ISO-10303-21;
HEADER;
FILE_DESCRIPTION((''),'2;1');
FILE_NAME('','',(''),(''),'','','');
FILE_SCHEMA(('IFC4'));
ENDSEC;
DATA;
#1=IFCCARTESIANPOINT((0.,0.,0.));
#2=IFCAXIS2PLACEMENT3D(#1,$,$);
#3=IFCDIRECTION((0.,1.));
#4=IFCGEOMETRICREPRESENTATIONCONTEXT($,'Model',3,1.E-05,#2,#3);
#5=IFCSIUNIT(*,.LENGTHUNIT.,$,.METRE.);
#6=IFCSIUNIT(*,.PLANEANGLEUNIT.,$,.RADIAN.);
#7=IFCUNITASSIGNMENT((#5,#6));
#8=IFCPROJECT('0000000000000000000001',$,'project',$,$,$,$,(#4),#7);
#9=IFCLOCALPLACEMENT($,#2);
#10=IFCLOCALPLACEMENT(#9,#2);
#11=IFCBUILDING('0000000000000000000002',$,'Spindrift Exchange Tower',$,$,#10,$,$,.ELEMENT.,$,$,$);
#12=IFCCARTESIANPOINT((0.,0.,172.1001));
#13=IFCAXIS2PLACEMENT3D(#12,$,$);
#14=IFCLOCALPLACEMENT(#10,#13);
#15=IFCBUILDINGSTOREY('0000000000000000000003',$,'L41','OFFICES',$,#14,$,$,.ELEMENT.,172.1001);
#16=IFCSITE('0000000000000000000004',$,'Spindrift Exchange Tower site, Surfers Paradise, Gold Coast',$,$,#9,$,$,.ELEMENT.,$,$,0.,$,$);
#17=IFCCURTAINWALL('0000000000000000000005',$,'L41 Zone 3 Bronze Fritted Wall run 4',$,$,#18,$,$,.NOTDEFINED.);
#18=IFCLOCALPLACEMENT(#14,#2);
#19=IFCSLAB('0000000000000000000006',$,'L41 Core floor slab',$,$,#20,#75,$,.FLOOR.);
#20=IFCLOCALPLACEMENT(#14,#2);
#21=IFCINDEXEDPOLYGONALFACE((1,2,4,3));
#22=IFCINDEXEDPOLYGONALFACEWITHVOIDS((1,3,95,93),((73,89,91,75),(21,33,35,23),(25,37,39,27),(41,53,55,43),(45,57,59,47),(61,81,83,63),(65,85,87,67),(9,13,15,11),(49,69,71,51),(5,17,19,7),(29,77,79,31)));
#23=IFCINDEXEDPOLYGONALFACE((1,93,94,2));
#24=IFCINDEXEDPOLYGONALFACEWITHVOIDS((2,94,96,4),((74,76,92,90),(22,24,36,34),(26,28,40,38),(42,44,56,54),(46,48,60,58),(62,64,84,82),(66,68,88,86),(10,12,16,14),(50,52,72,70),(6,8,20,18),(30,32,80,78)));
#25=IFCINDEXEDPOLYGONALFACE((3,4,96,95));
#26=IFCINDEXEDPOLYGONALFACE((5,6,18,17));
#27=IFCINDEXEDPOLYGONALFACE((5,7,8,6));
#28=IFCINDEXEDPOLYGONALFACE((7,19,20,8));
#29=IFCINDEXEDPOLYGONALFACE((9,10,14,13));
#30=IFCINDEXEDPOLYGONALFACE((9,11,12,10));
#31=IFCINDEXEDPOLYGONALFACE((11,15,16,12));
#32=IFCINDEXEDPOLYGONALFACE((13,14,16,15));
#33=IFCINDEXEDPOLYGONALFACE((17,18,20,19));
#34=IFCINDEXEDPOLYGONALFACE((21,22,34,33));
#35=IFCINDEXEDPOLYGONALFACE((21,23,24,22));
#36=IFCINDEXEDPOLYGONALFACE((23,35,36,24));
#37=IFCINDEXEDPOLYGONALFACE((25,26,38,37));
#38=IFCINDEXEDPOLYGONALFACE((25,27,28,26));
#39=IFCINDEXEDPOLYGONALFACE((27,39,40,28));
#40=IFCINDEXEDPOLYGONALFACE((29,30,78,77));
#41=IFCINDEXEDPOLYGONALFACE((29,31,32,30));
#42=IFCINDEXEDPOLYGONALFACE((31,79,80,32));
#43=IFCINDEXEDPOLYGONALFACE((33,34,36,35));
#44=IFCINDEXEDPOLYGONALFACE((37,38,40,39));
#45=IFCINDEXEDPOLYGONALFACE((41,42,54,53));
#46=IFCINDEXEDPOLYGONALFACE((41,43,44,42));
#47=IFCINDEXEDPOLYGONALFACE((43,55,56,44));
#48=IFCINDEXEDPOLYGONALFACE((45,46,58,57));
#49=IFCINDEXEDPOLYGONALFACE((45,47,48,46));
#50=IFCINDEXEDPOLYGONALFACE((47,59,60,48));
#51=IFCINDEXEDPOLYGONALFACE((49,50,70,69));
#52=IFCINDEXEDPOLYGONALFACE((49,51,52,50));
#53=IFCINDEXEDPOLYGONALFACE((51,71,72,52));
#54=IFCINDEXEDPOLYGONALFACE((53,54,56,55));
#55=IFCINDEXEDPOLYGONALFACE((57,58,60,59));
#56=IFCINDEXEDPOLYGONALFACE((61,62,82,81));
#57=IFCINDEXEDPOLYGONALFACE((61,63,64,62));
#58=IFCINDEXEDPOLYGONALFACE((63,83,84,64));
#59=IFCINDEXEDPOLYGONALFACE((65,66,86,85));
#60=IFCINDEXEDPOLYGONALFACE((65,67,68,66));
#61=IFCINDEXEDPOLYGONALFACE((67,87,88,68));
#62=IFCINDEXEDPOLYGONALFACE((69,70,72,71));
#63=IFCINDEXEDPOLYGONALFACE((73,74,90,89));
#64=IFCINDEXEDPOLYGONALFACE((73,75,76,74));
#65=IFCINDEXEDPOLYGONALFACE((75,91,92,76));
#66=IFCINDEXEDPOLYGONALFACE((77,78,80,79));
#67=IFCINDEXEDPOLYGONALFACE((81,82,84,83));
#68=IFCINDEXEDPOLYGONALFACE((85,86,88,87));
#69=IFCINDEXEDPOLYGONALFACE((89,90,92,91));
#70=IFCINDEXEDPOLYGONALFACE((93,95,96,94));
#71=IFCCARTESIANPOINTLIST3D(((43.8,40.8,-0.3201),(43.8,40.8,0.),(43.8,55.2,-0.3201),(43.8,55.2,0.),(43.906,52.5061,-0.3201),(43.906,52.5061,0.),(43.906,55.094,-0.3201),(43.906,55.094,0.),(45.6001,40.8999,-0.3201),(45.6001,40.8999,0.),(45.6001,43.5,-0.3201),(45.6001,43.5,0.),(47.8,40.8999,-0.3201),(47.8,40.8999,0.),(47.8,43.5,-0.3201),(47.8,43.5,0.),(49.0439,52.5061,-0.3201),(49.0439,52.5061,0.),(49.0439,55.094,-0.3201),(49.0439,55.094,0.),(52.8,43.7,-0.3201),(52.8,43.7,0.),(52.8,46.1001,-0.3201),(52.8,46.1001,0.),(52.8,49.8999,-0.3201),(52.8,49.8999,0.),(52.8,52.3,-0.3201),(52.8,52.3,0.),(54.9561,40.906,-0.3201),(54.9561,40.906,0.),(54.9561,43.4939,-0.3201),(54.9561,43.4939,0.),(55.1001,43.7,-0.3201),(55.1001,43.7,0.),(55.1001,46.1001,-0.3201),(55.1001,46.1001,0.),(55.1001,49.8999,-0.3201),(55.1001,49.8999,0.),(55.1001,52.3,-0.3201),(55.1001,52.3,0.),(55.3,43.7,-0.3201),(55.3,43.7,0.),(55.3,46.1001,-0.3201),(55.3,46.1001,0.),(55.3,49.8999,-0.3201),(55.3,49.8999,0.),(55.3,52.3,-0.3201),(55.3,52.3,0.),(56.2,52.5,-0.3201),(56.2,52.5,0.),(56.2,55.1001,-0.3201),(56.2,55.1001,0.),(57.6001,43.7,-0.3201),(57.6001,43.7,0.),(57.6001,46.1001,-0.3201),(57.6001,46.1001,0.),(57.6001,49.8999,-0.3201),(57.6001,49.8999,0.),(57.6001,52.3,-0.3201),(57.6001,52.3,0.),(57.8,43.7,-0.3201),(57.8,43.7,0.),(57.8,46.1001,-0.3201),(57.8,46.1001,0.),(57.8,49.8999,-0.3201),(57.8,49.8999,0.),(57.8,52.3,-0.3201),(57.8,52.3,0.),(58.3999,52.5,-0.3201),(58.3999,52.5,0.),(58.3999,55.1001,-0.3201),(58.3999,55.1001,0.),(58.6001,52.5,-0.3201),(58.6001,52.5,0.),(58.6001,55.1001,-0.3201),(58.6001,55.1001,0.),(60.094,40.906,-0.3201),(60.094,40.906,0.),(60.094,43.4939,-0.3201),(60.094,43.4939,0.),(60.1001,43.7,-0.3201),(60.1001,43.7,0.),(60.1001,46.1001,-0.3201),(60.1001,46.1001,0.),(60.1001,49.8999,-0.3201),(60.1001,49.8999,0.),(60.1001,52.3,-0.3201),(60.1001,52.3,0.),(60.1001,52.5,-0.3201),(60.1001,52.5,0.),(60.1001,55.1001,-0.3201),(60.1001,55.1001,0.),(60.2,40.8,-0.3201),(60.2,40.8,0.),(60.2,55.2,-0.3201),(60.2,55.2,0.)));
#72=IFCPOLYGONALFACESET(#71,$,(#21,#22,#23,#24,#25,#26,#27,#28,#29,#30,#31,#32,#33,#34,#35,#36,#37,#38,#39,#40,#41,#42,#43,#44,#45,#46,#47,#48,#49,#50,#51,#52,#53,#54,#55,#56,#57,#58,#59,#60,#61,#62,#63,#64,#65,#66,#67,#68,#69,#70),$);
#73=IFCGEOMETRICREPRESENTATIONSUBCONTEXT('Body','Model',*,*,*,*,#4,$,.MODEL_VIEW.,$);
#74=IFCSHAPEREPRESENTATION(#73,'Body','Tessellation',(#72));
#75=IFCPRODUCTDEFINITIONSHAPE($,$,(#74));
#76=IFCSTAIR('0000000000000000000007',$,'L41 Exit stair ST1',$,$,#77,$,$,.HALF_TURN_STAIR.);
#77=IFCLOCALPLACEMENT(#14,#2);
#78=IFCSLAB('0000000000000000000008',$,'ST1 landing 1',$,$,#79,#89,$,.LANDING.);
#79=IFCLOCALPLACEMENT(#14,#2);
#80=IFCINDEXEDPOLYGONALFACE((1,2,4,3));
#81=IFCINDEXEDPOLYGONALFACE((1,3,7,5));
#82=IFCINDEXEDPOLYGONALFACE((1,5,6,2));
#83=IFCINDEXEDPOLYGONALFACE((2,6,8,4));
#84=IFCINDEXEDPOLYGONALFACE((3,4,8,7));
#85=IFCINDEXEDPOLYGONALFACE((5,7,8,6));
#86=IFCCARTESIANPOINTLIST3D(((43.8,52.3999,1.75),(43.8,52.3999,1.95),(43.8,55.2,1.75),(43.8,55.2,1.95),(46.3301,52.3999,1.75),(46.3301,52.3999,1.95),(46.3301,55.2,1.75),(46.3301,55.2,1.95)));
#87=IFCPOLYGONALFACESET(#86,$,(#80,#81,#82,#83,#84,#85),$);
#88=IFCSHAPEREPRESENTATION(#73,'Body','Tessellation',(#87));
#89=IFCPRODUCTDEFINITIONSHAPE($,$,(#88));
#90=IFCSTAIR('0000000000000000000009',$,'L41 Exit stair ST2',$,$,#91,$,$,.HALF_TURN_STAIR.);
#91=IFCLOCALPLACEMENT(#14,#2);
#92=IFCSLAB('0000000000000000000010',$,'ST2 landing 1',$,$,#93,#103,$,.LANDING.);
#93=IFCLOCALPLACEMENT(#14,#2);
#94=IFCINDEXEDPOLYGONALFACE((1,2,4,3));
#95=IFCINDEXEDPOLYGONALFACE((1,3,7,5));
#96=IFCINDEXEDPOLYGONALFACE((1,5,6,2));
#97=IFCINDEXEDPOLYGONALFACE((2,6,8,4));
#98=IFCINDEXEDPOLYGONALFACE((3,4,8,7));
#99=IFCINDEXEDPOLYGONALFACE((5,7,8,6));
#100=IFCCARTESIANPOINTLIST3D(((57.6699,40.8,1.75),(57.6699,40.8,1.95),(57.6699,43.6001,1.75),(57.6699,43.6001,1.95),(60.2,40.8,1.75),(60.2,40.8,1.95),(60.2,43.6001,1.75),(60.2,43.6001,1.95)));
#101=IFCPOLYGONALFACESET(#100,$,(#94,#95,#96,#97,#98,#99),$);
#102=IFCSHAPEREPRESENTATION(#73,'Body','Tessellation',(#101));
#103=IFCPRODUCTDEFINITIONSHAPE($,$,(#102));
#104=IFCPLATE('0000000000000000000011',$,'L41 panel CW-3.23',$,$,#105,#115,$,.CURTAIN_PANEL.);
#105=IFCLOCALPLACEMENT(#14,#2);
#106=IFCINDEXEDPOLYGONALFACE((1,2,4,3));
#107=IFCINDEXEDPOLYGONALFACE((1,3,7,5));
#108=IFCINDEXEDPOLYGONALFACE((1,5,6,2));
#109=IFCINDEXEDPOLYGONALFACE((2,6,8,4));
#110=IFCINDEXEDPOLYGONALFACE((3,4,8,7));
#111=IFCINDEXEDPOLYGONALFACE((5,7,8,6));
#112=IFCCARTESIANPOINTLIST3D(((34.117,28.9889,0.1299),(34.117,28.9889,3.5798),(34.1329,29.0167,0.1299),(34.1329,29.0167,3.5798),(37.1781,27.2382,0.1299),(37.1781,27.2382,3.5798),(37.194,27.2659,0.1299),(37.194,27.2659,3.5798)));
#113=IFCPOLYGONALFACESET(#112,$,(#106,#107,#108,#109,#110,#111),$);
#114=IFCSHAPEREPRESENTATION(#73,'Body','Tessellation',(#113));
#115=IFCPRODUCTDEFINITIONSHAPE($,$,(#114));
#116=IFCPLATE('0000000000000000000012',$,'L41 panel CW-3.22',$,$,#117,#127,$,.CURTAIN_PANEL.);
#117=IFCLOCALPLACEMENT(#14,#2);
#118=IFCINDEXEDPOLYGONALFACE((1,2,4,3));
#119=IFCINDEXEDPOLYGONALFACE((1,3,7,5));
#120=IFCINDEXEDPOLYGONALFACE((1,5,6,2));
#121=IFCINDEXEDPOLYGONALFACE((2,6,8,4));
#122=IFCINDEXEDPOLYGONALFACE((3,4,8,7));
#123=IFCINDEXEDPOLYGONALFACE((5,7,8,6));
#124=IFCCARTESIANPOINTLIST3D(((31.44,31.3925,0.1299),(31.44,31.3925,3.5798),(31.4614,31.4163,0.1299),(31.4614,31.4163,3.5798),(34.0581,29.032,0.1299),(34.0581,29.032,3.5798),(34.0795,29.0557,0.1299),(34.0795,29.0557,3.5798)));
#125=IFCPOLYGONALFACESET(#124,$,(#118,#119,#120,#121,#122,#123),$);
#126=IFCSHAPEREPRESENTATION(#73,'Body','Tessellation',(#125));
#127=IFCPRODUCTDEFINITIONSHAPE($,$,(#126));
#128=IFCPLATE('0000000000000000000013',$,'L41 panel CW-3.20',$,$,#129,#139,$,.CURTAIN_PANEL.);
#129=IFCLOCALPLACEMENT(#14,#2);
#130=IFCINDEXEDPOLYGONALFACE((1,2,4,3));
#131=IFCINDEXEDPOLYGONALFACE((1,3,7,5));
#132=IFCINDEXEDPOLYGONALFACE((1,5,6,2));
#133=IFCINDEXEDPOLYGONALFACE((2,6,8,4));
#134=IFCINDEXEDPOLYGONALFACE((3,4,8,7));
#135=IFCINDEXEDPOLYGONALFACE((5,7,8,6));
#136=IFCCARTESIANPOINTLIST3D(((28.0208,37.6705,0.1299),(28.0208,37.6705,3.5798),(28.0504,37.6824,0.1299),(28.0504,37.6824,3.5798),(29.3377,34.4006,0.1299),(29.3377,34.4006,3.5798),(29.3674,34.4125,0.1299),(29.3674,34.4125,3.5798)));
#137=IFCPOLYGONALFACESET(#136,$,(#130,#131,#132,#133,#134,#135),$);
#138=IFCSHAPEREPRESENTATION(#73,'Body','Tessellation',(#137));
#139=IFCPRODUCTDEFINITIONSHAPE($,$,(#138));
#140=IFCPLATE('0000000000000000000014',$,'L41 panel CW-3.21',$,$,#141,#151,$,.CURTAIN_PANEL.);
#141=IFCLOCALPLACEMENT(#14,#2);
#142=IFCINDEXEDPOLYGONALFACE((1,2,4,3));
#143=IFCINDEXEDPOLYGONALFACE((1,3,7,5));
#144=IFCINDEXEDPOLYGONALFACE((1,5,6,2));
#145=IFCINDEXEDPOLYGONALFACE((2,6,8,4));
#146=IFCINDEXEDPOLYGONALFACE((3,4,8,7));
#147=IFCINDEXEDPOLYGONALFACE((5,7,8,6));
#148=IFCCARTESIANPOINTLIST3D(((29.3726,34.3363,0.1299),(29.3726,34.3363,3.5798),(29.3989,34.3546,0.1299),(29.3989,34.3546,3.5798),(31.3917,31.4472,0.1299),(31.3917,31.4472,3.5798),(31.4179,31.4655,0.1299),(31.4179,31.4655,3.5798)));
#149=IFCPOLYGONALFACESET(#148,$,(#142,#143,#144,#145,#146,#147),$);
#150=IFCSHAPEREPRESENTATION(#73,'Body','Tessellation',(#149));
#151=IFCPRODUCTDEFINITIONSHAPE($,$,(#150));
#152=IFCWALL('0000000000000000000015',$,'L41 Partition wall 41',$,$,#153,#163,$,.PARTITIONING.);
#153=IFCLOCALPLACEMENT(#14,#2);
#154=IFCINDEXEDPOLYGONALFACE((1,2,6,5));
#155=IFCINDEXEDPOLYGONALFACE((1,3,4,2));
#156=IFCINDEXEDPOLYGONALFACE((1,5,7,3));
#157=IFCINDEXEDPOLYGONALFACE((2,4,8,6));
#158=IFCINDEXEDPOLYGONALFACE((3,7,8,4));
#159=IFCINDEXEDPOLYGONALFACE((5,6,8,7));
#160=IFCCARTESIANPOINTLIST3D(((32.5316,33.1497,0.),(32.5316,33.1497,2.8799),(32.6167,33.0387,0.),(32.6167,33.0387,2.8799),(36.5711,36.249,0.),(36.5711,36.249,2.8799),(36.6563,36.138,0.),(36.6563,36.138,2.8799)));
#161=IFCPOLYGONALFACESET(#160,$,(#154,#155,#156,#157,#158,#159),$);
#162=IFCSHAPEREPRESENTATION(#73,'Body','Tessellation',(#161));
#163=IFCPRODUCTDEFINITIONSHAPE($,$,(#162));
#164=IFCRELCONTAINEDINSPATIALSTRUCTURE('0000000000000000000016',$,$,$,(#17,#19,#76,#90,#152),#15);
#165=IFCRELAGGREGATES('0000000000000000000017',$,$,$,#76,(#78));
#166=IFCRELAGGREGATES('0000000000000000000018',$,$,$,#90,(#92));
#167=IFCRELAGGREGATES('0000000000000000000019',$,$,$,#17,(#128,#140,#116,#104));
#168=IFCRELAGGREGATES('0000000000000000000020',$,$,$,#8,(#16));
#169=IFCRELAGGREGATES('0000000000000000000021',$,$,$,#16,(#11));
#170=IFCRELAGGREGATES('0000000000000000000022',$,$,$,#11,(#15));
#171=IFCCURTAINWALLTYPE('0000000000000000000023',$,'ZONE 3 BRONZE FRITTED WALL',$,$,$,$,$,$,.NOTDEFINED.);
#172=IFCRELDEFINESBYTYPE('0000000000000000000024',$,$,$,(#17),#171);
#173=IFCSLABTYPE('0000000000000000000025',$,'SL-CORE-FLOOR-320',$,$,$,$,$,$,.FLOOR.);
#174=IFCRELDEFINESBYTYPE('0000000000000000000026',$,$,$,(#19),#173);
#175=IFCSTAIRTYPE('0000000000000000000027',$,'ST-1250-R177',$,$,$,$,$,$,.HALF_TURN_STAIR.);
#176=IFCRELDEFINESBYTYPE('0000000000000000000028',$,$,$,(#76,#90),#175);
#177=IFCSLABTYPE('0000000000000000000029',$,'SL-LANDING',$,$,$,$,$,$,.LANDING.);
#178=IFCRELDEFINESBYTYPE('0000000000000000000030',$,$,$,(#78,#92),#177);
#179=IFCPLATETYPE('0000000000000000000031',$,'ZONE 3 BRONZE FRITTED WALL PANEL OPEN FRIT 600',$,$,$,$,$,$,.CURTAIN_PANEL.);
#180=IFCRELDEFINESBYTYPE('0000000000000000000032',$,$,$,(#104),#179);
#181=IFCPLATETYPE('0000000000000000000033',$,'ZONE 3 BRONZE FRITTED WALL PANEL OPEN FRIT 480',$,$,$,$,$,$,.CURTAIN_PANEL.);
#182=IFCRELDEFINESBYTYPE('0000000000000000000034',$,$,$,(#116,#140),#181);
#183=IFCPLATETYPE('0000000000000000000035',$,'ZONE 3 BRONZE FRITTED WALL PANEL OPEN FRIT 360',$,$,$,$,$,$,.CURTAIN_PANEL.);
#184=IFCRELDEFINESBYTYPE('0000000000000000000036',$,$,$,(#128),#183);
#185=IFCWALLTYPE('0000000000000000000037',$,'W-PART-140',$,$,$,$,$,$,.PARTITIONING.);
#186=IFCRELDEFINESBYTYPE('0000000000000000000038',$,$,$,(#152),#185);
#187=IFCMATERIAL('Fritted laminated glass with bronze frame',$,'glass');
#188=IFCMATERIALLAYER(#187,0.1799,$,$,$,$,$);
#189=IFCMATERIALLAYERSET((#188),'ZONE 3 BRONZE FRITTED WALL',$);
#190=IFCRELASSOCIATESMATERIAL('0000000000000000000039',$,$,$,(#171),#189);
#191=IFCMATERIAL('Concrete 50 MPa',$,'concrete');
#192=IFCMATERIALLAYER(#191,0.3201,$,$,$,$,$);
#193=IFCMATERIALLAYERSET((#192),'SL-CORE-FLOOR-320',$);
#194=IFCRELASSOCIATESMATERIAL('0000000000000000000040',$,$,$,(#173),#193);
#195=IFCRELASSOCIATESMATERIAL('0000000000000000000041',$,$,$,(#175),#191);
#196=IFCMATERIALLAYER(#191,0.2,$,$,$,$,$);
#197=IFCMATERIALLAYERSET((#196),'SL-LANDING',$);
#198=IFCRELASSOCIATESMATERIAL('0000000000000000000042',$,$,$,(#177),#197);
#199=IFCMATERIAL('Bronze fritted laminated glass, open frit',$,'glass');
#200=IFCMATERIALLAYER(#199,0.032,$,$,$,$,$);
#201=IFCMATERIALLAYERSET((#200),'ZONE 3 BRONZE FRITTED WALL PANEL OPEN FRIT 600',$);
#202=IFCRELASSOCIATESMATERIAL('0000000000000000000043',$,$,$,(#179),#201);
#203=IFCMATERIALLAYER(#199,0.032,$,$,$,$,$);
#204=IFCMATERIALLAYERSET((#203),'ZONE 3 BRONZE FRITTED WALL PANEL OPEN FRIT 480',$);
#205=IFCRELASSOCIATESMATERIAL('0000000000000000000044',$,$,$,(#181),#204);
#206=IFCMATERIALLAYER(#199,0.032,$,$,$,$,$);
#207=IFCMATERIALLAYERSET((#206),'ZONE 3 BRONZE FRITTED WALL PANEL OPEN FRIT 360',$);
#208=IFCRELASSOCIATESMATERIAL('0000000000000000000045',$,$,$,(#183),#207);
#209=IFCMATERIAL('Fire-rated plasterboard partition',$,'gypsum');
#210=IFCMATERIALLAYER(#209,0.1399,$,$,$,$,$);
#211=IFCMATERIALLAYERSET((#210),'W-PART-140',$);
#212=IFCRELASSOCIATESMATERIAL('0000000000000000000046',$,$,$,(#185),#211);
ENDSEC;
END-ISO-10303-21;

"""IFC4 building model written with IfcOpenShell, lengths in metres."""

from ifc_helpers import new_model, si_unit, direction, frame, frame_2d, origin, origin_2d, place, context, subcontext, project, spatial, line, indexed_curve, rectangle, outline, extrude, source, transform, mapped, material, layer, layer_set, type_object, element, aggregate, save


model = new_model("IFC4")

# Units and contexts
model_context = context("Model", 3, precision=1e-05, world=origin(), true_north=direction((0.0, 1.0)))
body_context = subcontext(model_context, "Body", "Model", "MODEL_VIEW")
ifc_project = project(units=[si_unit("LENGTHUNIT", "METRE"), si_unit("PLANEANGLEUNIT", "RADIAN")], contexts=[model_context])

# Site, building, storey
site_placement = place(None, origin())
site = spatial("IfcSite", under=ifc_project, at=site_placement, Name="Spindrift Exchange Tower site, Surfers Paradise, Gold Coast", CompositionType="ELEMENT", RefElevation=0.0)
building_placement = place(site_placement, origin())
building = spatial("IfcBuilding", under=site, at=building_placement, Name="Spindrift Exchange Tower", CompositionType="ELEMENT")
storey_placement = place(building_placement, frame((0.0, 0.0, 172.1001)))
storey = spatial("IfcBuildingStorey", under=building, at=storey_placement, Name="L41", Description="OFFICES", CompositionType="ELEMENT", Elevation=172.1001)

# Shared definitions
ifc_material_1 = material(Name="Concrete 50 MPa", Category="concrete")

# Curtain wall
ifc_material_2 = material(Name="Fritted laminated glass with bronze frame", Category="glass")
ifc_layer_1 = layer(ifc_material_2, 0.1799)
ifc_layer_set_1 = layer_set([ifc_layer_1], Name="ZONE 3 BRONZE FRITTED WALL")
curtain_wall_type = type_object("IfcCurtainWallType", Name="ZONE 3 BRONZE FRITTED WALL", PredefinedType="NOTDEFINED", material=ifc_layer_set_1)
curtain_wall_placement = place(storey_placement, origin())
curtain_wall = element("IfcCurtainWall", 1, at=curtain_wall_placement, inside=storey, type_object=curtain_wall_type, Name="L41 Zone 3 Bronze Fritted Wall run 4", PredefinedType="NOTDEFINED")

# Slab
ifc_layer_2 = layer(ifc_material_1, 0.3201)
ifc_layer_set_2 = layer_set([ifc_layer_2], Name="SL-CORE-FLOOR-320")
slab_type_1 = type_object("IfcSlabType", Name="SL-CORE-FLOOR-320", PredefinedType="FLOOR", material=ifc_layer_set_2)
slab_1_placement = place(storey_placement, frame((0.0, 0.0, -0.3201)))
element("IfcSlab", 2, at=slab_1_placement, inside=storey, type_object=slab_type_1, Name="L41 Core floor slab", PredefinedType="FLOOR", context=body_context, shape_type="SweptSolid", body=[
    extrude(outline(indexed_curve([(43.8, 40.8), (43.8, 55.2), (60.2, 55.2), (60.2, 40.8)], segments=[line(1, 2, 3, 4, 1)], self_intersect=False), holes=[indexed_curve([(45.6001, 43.5), (45.6001, 40.8999), (47.8, 40.8999), (47.8, 43.5)], segments=[line(1, 2, 3, 4, 1)], self_intersect=False), indexed_curve([(52.8, 46.1001), (52.8, 43.7), (55.1001, 43.7), (55.1001, 46.1001)], segments=[line(1, 2, 3, 4, 1)], self_intersect=False), indexed_curve([(55.3, 46.1001), (55.3, 43.7), (57.6001, 43.7), (57.6001, 46.1001)], segments=[line(1, 2, 3, 4, 1)], self_intersect=False), indexed_curve([(55.1001, 52.3), (52.8, 52.3), (52.8, 49.8999), (55.1001, 49.8999)], segments=[line(1, 2, 3, 4, 1)], self_intersect=False), indexed_curve([(57.6001, 52.3), (55.3, 52.3), (55.3, 49.8999), (57.6001, 49.8999)], segments=[line(1, 2, 3, 4, 1)], self_intersect=False), indexed_curve([(43.906, 52.5061), (49.0439, 52.5061), (49.0439, 55.094), (43.906, 55.094)], segments=[line(1, 2, 3, 4, 1)], self_intersect=False), indexed_curve([(60.094, 40.906), (60.094, 43.4939), (54.9561, 43.4939), (54.9561, 40.906)], segments=[line(1, 2, 3, 4, 1)], self_intersect=False), indexed_curve([(60.1001, 46.1001), (57.8, 46.1001), (57.8, 43.7), (60.1001, 43.7)], segments=[line(1, 2, 3, 4, 1)], self_intersect=False), indexed_curve([(57.8, 52.3), (57.8, 49.8999), (60.1001, 49.8999), (60.1001, 52.3)], segments=[line(1, 2, 3, 4, 1)], self_intersect=False), indexed_curve([(58.3999, 55.1001), (56.2, 55.1001), (56.2, 52.5), (58.3999, 52.5)], segments=[line(1, 2, 3, 4, 1)], self_intersect=False), indexed_curve([(60.1001, 55.1001), (58.6001, 55.1001), (58.6001, 52.5), (60.1001, 52.5)], segments=[line(1, 2, 3, 4, 1)], self_intersect=False)]), origin(), (0.0, 0.0, 1.0), 0.3201),
])

# Stairs, slabs
stair_type = type_object("IfcStairType", Name="ST-1250-R177", PredefinedType="HALF_TURN_STAIR", material=ifc_material_1)
stair_1_placement = place(storey_placement, origin())
stair_1 = element("IfcStair", 3, at=stair_1_placement, inside=storey, type_object=stair_type, Name="L41 Exit stair ST1", PredefinedType="HALF_TURN_STAIR")
ifc_layer_3 = layer(ifc_material_1, 0.2)
ifc_layer_set_3 = layer_set([ifc_layer_3], Name="SL-LANDING")
slab_type_2 = type_object("IfcSlabType", Name="SL-LANDING", PredefinedType="LANDING", material=ifc_layer_set_3)
slab_2_placement = place(storey_placement, frame((0.0, 0.0, 1.75)))
slab_2 = element("IfcSlab", 4, at=slab_2_placement, type_object=slab_type_2, Name="ST1 landing 1", PredefinedType="LANDING", context=body_context, shape_type="SweptSolid", body=[
    extrude(outline(indexed_curve([(46.3301, 52.3999), (43.8, 52.3999), (43.8, 55.2), (46.3301, 55.2)], segments=[line(1, 2, 3, 4, 1)], self_intersect=False)), origin(), (0.0, 0.0, 1.0), 0.2),
])
aggregate(stair_1, [slab_2])
stair_2_placement = place(storey_placement, origin())
stair_2 = element("IfcStair", 5, at=stair_2_placement, inside=storey, type_object=stair_type, Name="L41 Exit stair ST2", PredefinedType="HALF_TURN_STAIR")
slab_3_placement = place(storey_placement, frame((0.0, 0.0, 1.75)))
slab_3 = element("IfcSlab", 6, at=slab_3_placement, type_object=slab_type_2, Name="ST2 landing 1", PredefinedType="LANDING", context=body_context, shape_type="SweptSolid", body=[
    extrude(outline(indexed_curve([(57.6699, 43.6001), (60.2, 43.6001), (60.2, 40.8), (57.6699, 40.8)], segments=[line(1, 2, 3, 4, 1)], self_intersect=False)), origin(), (0.0, 0.0, 1.0), 0.2),
])
aggregate(stair_2, [slab_3])

# Plates
ifc_material_3 = material(Name="Bronze fritted laminated glass, open frit", Category="glass")
ifc_layer_4 = layer(ifc_material_3, 0.032)
ifc_layer_set_4 = layer_set([ifc_layer_4], Name="ZONE 3 BRONZE FRITTED WALL PANEL OPEN FRIT 600")
plate_type_1 = type_object("IfcPlateType", Name="ZONE 3 BRONZE FRITTED WALL PANEL OPEN FRIT 600", PredefinedType="CURTAIN_PANEL", material=ifc_layer_set_4)
shared_shape_1 = source(origin(), body_context, "Body", "SweptSolid", [
    extrude(rectangle(XDim=3.5264, YDim=0.032, at=origin_2d()), origin(), (0.0, 0.0, 1.0), 3.45),
])
plate_1_placement = place(storey_placement, frame((35.6555, 28.1274, 0.1299), z_axis=(0.0, 0.0, 1.0), x_axis=(0.86805, -0.496477, 0.0)))
plate_1 = element("IfcPlate", 7, at=plate_1_placement, type_object=plate_type_1, Name="L41 panel CW-3.23", PredefinedType="CURTAIN_PANEL", context=body_context, shape_type="MappedRepresentation", body=[
    mapped(shared_shape_1, transform((0.0, 0.0, 0.0), scale=1.0)),
])
ifc_layer_5 = layer(ifc_material_3, 0.032)
ifc_layer_set_5 = layer_set([ifc_layer_5], Name="ZONE 3 BRONZE FRITTED WALL PANEL OPEN FRIT 480")
plate_type_2 = type_object("IfcPlateType", Name="ZONE 3 BRONZE FRITTED WALL PANEL OPEN FRIT 480", PredefinedType="CURTAIN_PANEL", material=ifc_layer_set_5)
shared_shape_2 = source(origin(), body_context, "Body", "SweptSolid", [
    extrude(rectangle(XDim=3.5251, YDim=0.032, at=origin_2d()), origin(), (0.0, 0.0, 1.0), 3.45),
])
plate_2_placement = place(storey_placement, frame((32.7598, 30.2241, 0.1299), z_axis=(0.0, 0.0, 1.0), x_axis=(0.742686, -0.66964, 0.0)))
plate_2 = element("IfcPlate", 8, at=plate_2_placement, type_object=plate_type_2, Name="L41 panel CW-3.22", PredefinedType="CURTAIN_PANEL", context=body_context, shape_type="MappedRepresentation", body=[
    mapped(shared_shape_2, transform((0.0, 0.0, 0.0), scale=1.0)),
])
ifc_layer_6 = layer(ifc_material_3, 0.032)
ifc_layer_set_6 = layer_set([ifc_layer_6], Name="ZONE 3 BRONZE FRITTED WALL PANEL OPEN FRIT 360")
plate_type_3 = type_object("IfcPlateType", Name="ZONE 3 BRONZE FRITTED WALL PANEL OPEN FRIT 360", PredefinedType="CURTAIN_PANEL", material=ifc_layer_set_6)
shared_shape_3 = source(origin(), body_context, "Body", "SweptSolid", [
    extrude(rectangle(XDim=3.5251, YDim=0.032, at=origin_2d()), origin(), (0.0, 0.0, 1.0), 3.45),
])
plate_3_placement = place(storey_placement, frame((28.6941, 36.0415, 0.1299), z_axis=(0.0, 0.0, 1.0), x_axis=(0.37359, -0.927594, 0.0)))
plate_3 = element("IfcPlate", 9, at=plate_3_placement, type_object=plate_type_3, Name="L41 panel CW-3.20", PredefinedType="CURTAIN_PANEL", context=body_context, shape_type="MappedRepresentation", body=[
    mapped(shared_shape_3, transform((0.0, 0.0, 0.0), scale=1.0)),
])
shared_shape_4 = source(origin(), body_context, "Body", "SweptSolid", [
    extrude(rectangle(XDim=3.5247, YDim=0.032, at=origin_2d()), origin(), (0.0, 0.0, 1.0), 3.45),
])
plate_4_placement = place(storey_placement, frame((30.3953, 32.9009, 0.1299), z_axis=(0.0, 0.0, 1.0), x_axis=(0.572831, -0.819673, 0.0)))
plate_4 = element("IfcPlate", 10, at=plate_4_placement, type_object=plate_type_2, Name="L41 panel CW-3.21", PredefinedType="CURTAIN_PANEL", context=body_context, shape_type="MappedRepresentation", body=[
    mapped(shared_shape_4, transform((0.0, 0.0, 0.0), scale=1.0)),
])
aggregate(curtain_wall, [plate_3, plate_4, plate_2, plate_1])

# Wall
ifc_material_4 = material(Name="Fire-rated plasterboard partition", Category="gypsum")
ifc_layer_7 = layer(ifc_material_4, 0.1399)
ifc_layer_set_7 = layer_set([ifc_layer_7], Name="W-PART-140")
wall_type = type_object("IfcWallType", Name="W-PART-140", PredefinedType="PARTITIONING", material=ifc_layer_set_7)
wall_1_placement = place(storey_placement, frame((36.6138, 36.1936, 0.0), z_axis=(0.0, 0.0, 1.0), x_axis=(-0.793381, -0.608725, 0.0)))
element("IfcWall", 11, at=wall_1_placement, inside=storey, type_object=wall_type, Name="L41 Partition wall 41", PredefinedType="PARTITIONING", context=body_context, shape_type="SweptSolid", body=[
    extrude(rectangle(XDim=5.0916, YDim=0.1399, at=frame_2d((2.5459, 0.0))), origin(), (0.0, 0.0, 1.0), 2.8799),
])

save(model, "model.ifc")
